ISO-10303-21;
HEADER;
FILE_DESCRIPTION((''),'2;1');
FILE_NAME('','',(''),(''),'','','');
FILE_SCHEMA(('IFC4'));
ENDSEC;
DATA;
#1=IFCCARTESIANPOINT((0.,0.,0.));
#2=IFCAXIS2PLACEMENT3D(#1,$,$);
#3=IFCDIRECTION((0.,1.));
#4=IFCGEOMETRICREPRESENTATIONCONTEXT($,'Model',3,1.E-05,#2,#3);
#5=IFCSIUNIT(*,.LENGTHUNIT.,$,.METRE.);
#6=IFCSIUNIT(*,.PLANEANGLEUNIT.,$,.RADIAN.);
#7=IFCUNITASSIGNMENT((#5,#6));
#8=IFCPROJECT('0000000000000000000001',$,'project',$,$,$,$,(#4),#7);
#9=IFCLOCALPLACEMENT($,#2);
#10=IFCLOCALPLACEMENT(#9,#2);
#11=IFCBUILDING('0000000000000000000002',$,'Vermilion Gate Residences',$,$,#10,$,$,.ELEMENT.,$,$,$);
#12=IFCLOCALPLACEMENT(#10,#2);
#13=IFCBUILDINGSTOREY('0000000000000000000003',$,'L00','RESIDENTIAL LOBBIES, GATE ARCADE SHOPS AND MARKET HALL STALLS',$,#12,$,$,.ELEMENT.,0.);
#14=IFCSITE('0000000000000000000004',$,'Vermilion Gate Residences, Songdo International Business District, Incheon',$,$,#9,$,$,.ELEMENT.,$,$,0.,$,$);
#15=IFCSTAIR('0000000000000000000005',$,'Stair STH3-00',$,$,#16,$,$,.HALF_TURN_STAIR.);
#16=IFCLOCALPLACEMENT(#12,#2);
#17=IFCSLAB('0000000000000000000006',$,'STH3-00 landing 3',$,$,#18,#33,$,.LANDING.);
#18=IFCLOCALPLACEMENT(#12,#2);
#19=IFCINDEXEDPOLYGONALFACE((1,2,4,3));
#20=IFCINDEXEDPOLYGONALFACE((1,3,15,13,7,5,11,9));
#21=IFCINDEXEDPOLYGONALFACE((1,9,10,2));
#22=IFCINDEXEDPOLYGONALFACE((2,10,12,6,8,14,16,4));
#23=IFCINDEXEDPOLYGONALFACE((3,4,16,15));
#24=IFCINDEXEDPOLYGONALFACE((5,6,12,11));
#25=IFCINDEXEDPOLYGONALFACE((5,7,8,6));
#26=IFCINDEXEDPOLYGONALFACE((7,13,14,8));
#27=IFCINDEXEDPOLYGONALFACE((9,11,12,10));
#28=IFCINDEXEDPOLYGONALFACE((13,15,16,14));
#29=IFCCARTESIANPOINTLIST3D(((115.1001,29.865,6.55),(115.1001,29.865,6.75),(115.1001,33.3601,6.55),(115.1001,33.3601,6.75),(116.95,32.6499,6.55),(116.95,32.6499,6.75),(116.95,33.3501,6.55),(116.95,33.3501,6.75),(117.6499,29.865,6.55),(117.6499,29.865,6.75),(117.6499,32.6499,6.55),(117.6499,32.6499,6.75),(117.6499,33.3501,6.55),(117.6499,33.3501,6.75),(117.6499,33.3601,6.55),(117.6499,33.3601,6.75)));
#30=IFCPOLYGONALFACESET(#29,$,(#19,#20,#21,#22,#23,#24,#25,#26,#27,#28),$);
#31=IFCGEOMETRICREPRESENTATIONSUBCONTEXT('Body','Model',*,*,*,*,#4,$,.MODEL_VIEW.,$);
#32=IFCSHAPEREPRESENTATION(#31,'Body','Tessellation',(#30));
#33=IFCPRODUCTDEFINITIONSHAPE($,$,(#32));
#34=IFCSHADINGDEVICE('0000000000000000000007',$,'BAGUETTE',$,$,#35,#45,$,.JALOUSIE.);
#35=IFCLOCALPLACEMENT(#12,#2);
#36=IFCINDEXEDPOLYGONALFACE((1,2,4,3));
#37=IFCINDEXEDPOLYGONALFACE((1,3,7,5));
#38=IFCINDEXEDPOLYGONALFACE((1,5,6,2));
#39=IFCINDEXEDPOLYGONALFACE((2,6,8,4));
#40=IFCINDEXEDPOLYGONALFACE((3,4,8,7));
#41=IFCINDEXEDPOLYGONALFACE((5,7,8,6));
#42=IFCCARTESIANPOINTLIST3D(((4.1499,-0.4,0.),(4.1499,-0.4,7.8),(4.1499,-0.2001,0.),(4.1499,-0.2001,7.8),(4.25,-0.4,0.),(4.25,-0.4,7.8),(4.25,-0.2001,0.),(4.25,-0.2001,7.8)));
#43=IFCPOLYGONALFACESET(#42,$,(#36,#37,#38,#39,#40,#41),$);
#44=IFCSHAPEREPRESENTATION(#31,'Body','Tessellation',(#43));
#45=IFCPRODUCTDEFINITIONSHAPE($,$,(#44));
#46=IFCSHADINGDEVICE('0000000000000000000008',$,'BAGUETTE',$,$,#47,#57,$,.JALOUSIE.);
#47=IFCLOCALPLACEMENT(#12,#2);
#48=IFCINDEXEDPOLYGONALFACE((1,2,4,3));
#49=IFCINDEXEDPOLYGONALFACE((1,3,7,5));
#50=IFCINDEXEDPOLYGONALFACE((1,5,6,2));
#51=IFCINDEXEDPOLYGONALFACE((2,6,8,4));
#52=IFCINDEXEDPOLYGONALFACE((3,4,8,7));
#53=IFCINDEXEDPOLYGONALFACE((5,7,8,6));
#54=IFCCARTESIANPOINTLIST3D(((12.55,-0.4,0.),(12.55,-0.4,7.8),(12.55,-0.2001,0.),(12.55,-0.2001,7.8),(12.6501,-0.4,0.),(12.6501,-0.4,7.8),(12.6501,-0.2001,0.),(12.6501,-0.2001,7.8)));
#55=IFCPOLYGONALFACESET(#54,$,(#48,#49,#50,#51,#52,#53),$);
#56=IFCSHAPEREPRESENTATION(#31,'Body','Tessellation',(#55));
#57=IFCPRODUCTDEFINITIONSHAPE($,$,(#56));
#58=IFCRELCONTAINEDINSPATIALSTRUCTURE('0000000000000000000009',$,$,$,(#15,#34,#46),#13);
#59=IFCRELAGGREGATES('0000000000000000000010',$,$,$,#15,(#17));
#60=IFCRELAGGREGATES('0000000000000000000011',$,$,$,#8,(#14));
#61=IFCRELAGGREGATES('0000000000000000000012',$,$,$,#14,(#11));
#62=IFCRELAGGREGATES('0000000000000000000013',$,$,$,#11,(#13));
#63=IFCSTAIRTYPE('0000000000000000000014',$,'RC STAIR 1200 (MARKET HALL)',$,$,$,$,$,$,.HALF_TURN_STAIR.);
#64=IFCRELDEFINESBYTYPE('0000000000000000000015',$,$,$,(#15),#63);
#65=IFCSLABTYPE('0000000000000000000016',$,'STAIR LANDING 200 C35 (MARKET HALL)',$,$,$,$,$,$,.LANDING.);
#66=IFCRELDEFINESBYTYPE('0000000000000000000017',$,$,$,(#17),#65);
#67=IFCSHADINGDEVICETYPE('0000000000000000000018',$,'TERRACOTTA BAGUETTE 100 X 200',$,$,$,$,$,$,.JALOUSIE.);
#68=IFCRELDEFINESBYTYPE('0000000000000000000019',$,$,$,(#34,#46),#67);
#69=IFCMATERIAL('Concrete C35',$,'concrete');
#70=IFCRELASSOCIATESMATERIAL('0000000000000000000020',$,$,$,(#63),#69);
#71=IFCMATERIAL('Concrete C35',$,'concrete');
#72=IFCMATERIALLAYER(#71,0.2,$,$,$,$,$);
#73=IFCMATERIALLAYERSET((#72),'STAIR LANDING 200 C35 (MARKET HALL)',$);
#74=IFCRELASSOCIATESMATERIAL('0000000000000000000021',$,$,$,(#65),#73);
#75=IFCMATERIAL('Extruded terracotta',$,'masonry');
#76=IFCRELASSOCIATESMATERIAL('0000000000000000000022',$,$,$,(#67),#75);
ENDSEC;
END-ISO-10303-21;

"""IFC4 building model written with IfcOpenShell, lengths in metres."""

from ifc_helpers import new_model, si_unit, direction, frame, origin, origin_2d, place, context, subcontext, project, spatial, polyline, rectangle, outline, extrude, material, layer, layer_set, material_profile, profile_set, type_object, element, aggregate, save


model = new_model("IFC4")

# Units and contexts
model_context = context("Model", 3, precision=1e-05, world=origin(), true_north=direction((0.0, 1.0)))
body_context = subcontext(model_context, "Body", "Model", "MODEL_VIEW")
ifc_project = project(units=[si_unit("LENGTHUNIT", "METRE"), si_unit("PLANEANGLEUNIT", "RADIAN")], contexts=[model_context])

# Site, building, storey
site_placement = place(None, origin())
site = spatial("IfcSite", under=ifc_project, at=site_placement, Name="Vermilion Gate Residences, Songdo International Business District, Incheon", CompositionType="ELEMENT", RefElevation=0.0)
building_placement = place(site_placement, origin())
building = spatial("IfcBuilding", under=site, at=building_placement, Name="Vermilion Gate Residences", CompositionType="ELEMENT")
storey_placement = place(building_placement, origin())
storey = spatial("IfcBuildingStorey", under=building, at=storey_placement, Name="L00", Description="RESIDENTIAL LOBBIES, GATE ARCADE SHOPS AND MARKET HALL STALLS", CompositionType="ELEMENT", Elevation=0.0)

# Shared definitions
ifc_material_1 = material(Name="Concrete C35", Category="concrete")
stair_type = type_object("IfcStairType", Name="RC STAIR 1200 (MARKET HALL)", PredefinedType="HALF_TURN_STAIR", material=ifc_material_1)
ifc_material_2 = material(Name="Concrete C35", Category="concrete")
ifc_layer_1 = layer(ifc_material_2, 0.2)
ifc_layer_set_1 = layer_set([ifc_layer_1], Name="STAIR LANDING 200 C35 (MARKET HALL)")
slab_type_1 = type_object("IfcSlabType", Name="STAIR LANDING 200 C35 (MARKET HALL)", PredefinedType="LANDING", material=ifc_layer_set_1)

# Stair, slab
stair_1_placement = place(storey_placement, origin())
stair_1 = element("IfcStair", 1, at=stair_1_placement, inside=storey, type_object=stair_type, Name="Stair STH3-00", PredefinedType="HALF_TURN_STAIR")
slab_1_placement = place(storey_placement, frame((0.0, 0.0, 6.55)))
slab_1 = element("IfcSlab", 2, at=slab_1_placement, type_object=slab_type_1, Name="STH3-00 landing 3", PredefinedType="LANDING", context=body_context, shape_type="SweptSolid", body=[
    extrude(outline(polyline([(117.6499, 33.3601), (115.1001, 33.3601), (115.1001, 29.865), (117.6499, 29.865), (117.6499, 32.6499), (116.95, 32.6499), (116.95, 33.3501), (117.6499, 33.3501), (117.6499, 33.3601)])), origin(), (0.0, 0.0, 1.0), 0.2),
])
aggregate(stair_1, [slab_1])

# Shading devices
ifc_material_3 = material(Name="Extruded terracotta", Category="masonry")
ifc_material_profile_1 = material_profile(ifc_material_3, rectangle(XDim=0.2, YDim=0.1001, at=origin_2d()), Name="BAGUETTE 100 X 200")
ifc_profile_set_1 = profile_set([ifc_material_profile_1], Name="Extruded terracotta")
shading_device_type = type_object("IfcShadingDeviceType", Name="TERRACOTTA BAGUETTE 100 X 200", PredefinedType="JALOUSIE", material=ifc_profile_set_1)
for number, where, z_axis, x_axis, name in (
    (3, (4.2, -0.3, 0.0), (0.0, 0.0, 1.0), (0.0, 1.0, 0.0), "BAGUETTE"),
    (4, (12.6001, -0.3, 0.0), (0.0, 0.0, 1.0), (0.0, 1.0, 0.0), "BAGUETTE"),
):
    element("IfcShadingDevice", number, at=place(storey_placement, frame(where, z_axis=z_axis, x_axis=x_axis)), inside=storey, type_object=shading_device_type, Name=name, PredefinedType="JALOUSIE", context=body_context, shape_type="SweptSolid", body=[
        extrude(rectangle(XDim=0.2, YDim=0.1001, at=origin_2d()), origin(), (0.0, 0.0, 1.0), 7.8),
    ])

save(model, "model.ifc")
